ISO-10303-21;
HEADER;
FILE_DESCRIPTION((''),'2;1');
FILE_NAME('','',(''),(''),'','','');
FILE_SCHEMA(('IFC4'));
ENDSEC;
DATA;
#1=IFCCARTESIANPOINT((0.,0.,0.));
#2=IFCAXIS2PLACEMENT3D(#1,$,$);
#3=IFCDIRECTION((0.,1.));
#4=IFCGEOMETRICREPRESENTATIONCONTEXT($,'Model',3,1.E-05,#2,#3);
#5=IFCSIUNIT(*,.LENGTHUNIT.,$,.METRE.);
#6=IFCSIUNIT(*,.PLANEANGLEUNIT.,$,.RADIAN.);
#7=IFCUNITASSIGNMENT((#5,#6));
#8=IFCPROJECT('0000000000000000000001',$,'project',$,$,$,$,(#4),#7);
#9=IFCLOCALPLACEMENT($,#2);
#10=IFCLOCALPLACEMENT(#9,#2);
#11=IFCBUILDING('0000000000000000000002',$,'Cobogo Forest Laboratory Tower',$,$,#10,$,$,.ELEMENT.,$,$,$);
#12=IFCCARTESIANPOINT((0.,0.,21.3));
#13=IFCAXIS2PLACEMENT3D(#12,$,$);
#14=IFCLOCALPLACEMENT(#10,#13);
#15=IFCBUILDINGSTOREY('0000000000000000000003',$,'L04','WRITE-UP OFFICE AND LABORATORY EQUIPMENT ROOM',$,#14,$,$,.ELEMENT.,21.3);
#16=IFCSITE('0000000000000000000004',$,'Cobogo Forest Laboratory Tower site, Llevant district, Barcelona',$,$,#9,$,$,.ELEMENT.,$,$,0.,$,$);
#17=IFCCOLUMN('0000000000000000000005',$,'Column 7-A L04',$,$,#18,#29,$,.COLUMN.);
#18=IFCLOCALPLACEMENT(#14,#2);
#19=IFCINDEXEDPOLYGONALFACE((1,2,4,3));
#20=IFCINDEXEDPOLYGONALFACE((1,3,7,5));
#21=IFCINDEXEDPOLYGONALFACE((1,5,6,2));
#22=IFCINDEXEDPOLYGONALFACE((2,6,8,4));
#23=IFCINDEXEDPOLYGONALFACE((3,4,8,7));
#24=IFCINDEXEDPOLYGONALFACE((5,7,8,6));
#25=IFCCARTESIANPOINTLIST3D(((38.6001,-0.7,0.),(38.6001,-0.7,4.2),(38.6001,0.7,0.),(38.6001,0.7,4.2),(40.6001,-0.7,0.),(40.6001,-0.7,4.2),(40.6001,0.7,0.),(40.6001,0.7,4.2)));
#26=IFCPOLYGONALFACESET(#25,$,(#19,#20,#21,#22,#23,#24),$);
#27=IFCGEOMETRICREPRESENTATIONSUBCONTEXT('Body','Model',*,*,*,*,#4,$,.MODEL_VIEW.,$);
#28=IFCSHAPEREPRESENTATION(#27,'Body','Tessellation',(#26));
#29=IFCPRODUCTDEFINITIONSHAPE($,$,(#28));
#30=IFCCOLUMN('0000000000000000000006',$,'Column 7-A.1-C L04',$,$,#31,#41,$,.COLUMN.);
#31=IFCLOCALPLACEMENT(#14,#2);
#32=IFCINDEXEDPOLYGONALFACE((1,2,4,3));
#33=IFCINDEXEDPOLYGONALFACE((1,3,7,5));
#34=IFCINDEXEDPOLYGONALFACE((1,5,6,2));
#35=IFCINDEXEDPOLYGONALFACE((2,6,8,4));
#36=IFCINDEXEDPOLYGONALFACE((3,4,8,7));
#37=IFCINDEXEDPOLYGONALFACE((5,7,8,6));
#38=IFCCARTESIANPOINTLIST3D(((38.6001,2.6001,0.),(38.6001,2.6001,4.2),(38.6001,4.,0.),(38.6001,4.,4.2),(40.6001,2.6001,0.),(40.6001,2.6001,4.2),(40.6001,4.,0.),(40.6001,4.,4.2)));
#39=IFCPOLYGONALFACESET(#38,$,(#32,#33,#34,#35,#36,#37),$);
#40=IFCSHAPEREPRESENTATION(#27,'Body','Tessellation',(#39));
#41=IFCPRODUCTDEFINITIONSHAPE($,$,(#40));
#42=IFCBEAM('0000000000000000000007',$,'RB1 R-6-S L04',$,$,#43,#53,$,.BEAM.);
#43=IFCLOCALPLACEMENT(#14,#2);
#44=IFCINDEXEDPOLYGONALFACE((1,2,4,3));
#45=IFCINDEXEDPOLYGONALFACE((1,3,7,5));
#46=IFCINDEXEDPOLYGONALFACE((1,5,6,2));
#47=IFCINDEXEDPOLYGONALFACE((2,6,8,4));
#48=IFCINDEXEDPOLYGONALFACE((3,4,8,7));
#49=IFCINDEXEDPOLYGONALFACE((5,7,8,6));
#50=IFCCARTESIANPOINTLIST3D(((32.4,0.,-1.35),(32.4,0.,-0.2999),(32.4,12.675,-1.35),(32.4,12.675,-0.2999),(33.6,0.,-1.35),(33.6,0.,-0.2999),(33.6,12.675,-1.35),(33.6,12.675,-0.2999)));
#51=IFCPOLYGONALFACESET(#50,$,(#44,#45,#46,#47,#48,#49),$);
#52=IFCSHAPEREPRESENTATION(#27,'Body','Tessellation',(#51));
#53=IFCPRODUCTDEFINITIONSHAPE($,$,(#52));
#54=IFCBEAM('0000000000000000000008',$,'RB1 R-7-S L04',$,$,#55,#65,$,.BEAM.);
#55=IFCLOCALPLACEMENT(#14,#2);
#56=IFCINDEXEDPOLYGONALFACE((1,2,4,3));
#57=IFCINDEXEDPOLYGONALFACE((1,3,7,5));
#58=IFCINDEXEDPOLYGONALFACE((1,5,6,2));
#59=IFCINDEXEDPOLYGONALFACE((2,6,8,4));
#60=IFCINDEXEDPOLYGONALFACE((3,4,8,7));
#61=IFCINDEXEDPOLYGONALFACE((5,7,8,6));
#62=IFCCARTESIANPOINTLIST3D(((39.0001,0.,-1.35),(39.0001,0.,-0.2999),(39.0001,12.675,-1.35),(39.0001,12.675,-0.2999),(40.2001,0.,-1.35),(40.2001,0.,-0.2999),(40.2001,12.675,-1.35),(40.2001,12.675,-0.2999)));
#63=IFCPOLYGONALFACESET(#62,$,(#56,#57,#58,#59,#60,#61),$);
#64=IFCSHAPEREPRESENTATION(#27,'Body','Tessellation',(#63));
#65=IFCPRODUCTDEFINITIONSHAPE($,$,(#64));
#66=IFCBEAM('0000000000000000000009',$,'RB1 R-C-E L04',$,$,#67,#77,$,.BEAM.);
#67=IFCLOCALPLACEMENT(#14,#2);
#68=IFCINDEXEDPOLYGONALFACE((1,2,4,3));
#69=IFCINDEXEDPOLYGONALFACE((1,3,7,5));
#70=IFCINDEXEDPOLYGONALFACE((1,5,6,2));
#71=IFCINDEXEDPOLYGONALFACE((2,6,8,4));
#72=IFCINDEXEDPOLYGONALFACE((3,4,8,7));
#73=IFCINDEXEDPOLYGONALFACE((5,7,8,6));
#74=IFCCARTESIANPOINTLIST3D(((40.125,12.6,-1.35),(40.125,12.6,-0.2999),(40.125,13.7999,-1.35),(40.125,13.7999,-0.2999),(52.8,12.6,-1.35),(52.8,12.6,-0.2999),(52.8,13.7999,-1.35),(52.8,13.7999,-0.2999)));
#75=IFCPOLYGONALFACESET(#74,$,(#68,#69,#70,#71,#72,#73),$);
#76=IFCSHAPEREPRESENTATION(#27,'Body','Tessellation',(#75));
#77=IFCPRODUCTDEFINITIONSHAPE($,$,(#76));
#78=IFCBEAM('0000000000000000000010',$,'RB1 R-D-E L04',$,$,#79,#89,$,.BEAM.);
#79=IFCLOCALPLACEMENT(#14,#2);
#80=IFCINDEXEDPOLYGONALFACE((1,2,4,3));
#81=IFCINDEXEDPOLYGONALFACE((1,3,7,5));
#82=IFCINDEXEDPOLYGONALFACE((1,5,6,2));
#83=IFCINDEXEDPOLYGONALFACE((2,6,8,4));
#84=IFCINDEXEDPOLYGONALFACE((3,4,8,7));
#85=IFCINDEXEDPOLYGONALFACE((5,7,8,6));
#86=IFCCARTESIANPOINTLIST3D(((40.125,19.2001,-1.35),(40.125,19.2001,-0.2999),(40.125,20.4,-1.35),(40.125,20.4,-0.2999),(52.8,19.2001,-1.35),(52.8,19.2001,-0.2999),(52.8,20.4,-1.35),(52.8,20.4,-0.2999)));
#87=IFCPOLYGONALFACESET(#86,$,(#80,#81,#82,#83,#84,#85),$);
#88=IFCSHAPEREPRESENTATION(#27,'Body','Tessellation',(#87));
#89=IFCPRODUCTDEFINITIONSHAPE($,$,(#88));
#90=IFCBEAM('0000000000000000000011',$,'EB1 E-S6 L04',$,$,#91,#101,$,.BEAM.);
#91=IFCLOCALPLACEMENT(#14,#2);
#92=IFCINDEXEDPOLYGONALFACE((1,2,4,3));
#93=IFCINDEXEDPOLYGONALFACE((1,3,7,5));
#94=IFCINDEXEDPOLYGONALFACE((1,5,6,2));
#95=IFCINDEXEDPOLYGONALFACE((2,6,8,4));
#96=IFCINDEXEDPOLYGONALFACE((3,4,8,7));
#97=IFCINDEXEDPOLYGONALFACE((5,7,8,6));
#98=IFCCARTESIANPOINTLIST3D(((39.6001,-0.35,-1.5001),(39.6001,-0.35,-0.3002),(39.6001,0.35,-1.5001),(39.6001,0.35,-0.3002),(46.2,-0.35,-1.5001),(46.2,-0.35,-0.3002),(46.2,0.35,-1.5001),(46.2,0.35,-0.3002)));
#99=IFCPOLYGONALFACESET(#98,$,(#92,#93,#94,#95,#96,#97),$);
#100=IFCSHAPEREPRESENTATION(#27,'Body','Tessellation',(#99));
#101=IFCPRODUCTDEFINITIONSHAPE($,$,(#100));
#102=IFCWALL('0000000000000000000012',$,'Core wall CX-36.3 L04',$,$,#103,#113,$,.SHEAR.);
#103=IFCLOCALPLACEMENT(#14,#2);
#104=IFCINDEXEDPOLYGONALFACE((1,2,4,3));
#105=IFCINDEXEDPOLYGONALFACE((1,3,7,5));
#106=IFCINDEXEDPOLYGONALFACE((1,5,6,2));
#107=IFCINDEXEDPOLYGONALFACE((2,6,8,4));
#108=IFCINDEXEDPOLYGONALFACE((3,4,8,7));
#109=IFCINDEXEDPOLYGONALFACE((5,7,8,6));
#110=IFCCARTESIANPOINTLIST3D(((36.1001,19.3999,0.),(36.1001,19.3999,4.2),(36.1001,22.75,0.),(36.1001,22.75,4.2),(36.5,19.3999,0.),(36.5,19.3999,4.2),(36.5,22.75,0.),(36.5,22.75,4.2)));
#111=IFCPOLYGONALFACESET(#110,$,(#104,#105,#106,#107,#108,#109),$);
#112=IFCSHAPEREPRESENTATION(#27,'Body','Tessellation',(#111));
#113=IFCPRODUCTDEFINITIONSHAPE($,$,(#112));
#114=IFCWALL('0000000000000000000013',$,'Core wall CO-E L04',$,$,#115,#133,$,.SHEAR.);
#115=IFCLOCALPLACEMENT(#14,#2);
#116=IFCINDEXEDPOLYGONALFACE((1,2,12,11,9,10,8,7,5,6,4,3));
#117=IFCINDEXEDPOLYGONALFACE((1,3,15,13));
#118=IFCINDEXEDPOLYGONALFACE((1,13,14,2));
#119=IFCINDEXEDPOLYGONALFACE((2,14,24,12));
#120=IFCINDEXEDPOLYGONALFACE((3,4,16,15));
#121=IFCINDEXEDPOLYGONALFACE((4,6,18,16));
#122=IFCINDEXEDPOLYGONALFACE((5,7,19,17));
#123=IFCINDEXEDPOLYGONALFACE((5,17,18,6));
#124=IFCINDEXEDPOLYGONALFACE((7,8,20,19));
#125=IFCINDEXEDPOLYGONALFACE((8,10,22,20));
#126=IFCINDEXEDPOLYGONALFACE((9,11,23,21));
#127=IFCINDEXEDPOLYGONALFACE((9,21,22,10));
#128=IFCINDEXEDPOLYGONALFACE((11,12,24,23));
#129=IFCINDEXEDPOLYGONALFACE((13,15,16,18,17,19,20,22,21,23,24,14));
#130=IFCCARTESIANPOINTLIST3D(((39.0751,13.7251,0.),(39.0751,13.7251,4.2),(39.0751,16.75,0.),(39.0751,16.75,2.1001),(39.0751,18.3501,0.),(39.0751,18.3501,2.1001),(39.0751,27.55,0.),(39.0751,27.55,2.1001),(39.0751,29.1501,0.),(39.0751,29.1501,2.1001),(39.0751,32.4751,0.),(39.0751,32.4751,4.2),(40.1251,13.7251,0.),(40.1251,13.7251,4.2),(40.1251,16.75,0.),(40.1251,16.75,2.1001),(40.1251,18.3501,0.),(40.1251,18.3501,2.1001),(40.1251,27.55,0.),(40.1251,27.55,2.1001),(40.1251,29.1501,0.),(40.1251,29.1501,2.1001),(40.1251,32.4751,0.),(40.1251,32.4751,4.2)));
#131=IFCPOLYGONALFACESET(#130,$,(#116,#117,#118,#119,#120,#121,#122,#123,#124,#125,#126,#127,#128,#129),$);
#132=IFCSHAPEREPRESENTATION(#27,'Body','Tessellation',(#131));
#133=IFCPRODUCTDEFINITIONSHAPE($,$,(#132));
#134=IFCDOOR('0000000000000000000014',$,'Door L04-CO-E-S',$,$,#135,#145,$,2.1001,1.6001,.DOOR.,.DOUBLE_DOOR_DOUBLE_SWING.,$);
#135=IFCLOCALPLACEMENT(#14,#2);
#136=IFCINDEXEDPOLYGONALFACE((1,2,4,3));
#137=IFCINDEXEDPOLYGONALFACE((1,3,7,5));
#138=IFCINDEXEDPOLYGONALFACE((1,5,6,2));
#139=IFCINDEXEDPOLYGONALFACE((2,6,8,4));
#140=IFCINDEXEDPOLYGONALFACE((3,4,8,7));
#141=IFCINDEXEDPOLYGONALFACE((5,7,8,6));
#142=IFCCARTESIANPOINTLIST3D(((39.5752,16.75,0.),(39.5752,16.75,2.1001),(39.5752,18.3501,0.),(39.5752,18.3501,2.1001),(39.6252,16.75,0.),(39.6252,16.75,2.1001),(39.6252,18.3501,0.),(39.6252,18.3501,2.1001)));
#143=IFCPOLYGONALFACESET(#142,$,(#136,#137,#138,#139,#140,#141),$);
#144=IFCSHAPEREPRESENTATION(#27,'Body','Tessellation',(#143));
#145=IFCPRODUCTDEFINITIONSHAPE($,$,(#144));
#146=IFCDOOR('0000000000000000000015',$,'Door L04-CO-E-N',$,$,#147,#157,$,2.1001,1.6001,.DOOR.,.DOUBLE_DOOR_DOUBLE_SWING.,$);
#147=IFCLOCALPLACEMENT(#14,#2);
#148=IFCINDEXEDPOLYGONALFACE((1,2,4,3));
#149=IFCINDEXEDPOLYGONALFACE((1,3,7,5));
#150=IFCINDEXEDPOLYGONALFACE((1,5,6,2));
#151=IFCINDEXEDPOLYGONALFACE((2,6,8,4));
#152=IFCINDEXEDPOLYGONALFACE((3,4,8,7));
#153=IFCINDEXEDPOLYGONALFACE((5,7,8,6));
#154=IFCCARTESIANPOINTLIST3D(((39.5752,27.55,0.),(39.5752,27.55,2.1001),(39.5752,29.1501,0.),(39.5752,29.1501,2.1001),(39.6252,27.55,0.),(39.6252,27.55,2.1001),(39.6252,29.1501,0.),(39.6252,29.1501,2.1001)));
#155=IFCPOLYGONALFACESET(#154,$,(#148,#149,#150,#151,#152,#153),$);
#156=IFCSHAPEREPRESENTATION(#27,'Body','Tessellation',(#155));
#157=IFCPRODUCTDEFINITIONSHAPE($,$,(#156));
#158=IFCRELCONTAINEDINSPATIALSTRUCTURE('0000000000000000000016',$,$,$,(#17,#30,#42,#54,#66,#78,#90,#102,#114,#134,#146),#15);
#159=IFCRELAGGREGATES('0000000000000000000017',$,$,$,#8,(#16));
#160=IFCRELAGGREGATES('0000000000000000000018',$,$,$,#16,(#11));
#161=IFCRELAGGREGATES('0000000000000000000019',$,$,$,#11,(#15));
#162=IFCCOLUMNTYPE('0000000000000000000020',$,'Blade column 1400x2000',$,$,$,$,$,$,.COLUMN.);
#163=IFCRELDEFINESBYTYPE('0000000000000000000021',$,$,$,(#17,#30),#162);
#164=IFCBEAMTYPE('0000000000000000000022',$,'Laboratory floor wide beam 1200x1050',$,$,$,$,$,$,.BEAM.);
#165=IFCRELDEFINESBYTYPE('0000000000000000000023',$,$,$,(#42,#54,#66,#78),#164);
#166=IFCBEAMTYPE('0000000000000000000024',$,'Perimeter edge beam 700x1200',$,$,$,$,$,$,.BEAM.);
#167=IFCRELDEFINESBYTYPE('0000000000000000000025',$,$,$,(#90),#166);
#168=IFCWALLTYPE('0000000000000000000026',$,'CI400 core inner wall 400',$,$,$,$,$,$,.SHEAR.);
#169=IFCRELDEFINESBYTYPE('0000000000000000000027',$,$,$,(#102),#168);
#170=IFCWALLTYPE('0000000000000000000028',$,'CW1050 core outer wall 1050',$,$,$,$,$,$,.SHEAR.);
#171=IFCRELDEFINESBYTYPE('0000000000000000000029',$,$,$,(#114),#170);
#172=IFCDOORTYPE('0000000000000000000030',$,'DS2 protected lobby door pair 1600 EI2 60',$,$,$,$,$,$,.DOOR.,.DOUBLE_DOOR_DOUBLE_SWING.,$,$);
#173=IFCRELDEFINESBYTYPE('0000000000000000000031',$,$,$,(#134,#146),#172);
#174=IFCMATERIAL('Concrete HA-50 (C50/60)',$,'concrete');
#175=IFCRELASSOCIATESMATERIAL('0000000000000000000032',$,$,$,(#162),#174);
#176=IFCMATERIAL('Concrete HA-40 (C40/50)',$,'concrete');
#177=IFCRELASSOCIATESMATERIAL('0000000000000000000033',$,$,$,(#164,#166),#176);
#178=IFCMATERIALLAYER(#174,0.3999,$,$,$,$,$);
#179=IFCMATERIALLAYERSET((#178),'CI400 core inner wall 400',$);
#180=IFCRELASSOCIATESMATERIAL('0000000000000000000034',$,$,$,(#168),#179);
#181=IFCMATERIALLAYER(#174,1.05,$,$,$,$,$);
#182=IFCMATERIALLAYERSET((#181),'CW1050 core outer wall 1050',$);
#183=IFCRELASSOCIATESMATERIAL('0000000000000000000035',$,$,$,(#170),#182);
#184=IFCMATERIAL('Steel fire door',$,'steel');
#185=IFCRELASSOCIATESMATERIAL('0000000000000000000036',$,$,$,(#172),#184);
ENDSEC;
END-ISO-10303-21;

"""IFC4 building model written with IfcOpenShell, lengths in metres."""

from ifc_helpers import new_model, si_unit, direction, frame, frame_2d, origin, origin_2d, place, context, subcontext, project, spatial, rectangle, extrude, material, layer, layer_set, material_profile, profile_set, type_object, element, fill, save


model = new_model("IFC4")

# Units and contexts
model_context = context("Model", 3, precision=1e-05, world=origin(), true_north=direction((0.0, 1.0)))
body_context = subcontext(model_context, "Body", "Model", "MODEL_VIEW")
ifc_project = project(units=[si_unit("LENGTHUNIT", "METRE"), si_unit("PLANEANGLEUNIT", "RADIAN")], contexts=[model_context])

# Site, building, storey
site_placement = place(None, origin())
site = spatial("IfcSite", under=ifc_project, at=site_placement, Name="Cobogo Forest Laboratory Tower site, Llevant district, Barcelona", CompositionType="ELEMENT", RefElevation=0.0)
building_placement = place(site_placement, origin())
building = spatial("IfcBuilding", under=site, at=building_placement, Name="Cobogo Forest Laboratory Tower", CompositionType="ELEMENT")
storey_placement = place(building_placement, frame((0.0, 0.0, 21.3)))
storey = spatial("IfcBuildingStorey", under=building, at=storey_placement, Name="L04", Description="WRITE-UP OFFICE AND LABORATORY EQUIPMENT ROOM", CompositionType="ELEMENT", Elevation=21.3)

# Columns
ifc_material_1 = material(Name="Concrete HA-50 (C50/60)", Category="concrete")
ifc_material_profile_1 = material_profile(ifc_material_1, rectangle(XDim=2.0, YDim=1.3999, at=origin_2d()), Name="RC 1400x2000")
ifc_profile_set_1 = profile_set([ifc_material_profile_1], Name="Concrete HA-50 (C50/60)")
column_type = type_object("IfcColumnType", Name="Blade column 1400x2000", PredefinedType="COLUMN", material=ifc_profile_set_1)
for number, where, z_axis, x_axis, name in (
    (1, (39.6001, 0.0, 0.0), (0.0, 0.0, 1.0), (1.0, 0.0, 0.0), "Column 7-A L04"),
    (2, (39.6001, 3.3, 0.0), (0.0, 0.0, 1.0), (1.0, 0.0, 0.0), "Column 7-A.1-C L04"),
):
    element("IfcColumn", number, at=place(storey_placement, frame(where, z_axis=z_axis, x_axis=x_axis)), inside=storey, type_object=column_type, Name=name, PredefinedType="COLUMN", context=body_context, shape_type="SweptSolid", body=[
        extrude(rectangle(XDim=2.0, YDim=1.3999, at=origin_2d()), origin(), (0.0, 0.0, 1.0), 4.2),
    ])

# Beams
ifc_material_2 = material(Name="Concrete HA-40 (C40/50)", Category="concrete")
ifc_material_profile_2 = material_profile(ifc_material_2, rectangle(XDim=1.2, YDim=1.05, at=origin_2d()), Name="RC 1200x1050")
ifc_profile_set_2 = profile_set([ifc_material_profile_2], Name="Concrete HA-40 (C40/50)")
beam_type_1 = type_object("IfcBeamType", Name="Laboratory floor wide beam 1200x1050", PredefinedType="BEAM", material=ifc_profile_set_2)
for number, where, z_axis, x_axis, name in (
    (3, (33.0, 12.675, -0.825), (0.0, -1.0, 0.0), (1.0, 0.0, 0.0), "RB1 R-6-S L04"),
    (4, (39.6001, 12.675, -0.825), (0.0, -1.0, 0.0), (1.0, 0.0, 0.0), "RB1 R-7-S L04"),
    (5, (40.125, 13.2, -0.825), (1.0, 0.0, 0.0), (0.0, 1.0, 0.0), "RB1 R-C-E L04"),
    (6, (40.125, 19.8, -0.825), (1.0, 0.0, 0.0), (0.0, 1.0, 0.0), "RB1 R-D-E L04"),
):
    element("IfcBeam", number, at=place(storey_placement, frame(where, z_axis=z_axis, x_axis=x_axis)), inside=storey, type_object=beam_type_1, Name=name, PredefinedType="BEAM", context=body_context, shape_type="SweptSolid", body=[
        extrude(rectangle(XDim=1.2, YDim=1.05, at=origin_2d()), origin(), (0.0, 0.0, 1.0), 12.675),
    ])
ifc_material_profile_3 = material_profile(ifc_material_2, rectangle(XDim=0.7, YDim=1.2, at=origin_2d()), Name="RC 700x1200")
ifc_profile_set_3 = profile_set([ifc_material_profile_3], Name="Concrete HA-40 (C40/50)")
beam_type_2 = type_object("IfcBeamType", Name="Perimeter edge beam 700x1200", PredefinedType="BEAM", material=ifc_profile_set_3)
beam_placement = place(storey_placement, frame((39.6001, 0.0, -0.9001), z_axis=(1.0, 0.0, 0.0), x_axis=(0.0, 1.0, 0.0)))
element("IfcBeam", 7, at=beam_placement, inside=storey, type_object=beam_type_2, Name="EB1 E-S6 L04", PredefinedType="BEAM", context=body_context, shape_type="SweptSolid", body=[
    extrude(rectangle(XDim=0.7, YDim=1.2, at=origin_2d()), origin(), (0.0, 0.0, 1.0), 6.5999),
])

# Wall
ifc_layer_1 = layer(ifc_material_1, 0.3999)
ifc_layer_set_1 = layer_set([ifc_layer_1], Name="CI400 core inner wall 400")
wall_type_1 = type_object("IfcWallType", Name="CI400 core inner wall 400", PredefinedType="SHEAR", material=ifc_layer_set_1)
wall_1_placement = place(storey_placement, frame((36.3, 19.3999, 0.0), z_axis=(0.0, 0.0, 1.0), x_axis=(0.0, 1.0, 0.0)))
element("IfcWall", 8, at=wall_1_placement, inside=storey, type_object=wall_type_1, Name="Core wall CX-36.3 L04", PredefinedType="SHEAR", context=body_context, shape_type="SweptSolid", body=[
    extrude(rectangle(XDim=3.3501, YDim=0.3999, at=frame_2d((1.675, 0.0))), origin(), (0.0, 0.0, 1.0), 4.2),
])

# Wall, openings, doors
ifc_layer_2 = layer(ifc_material_1, 1.05)
ifc_layer_set_2 = layer_set([ifc_layer_2], Name="CW1050 core outer wall 1050")
wall_type_2 = type_object("IfcWallType", Name="CW1050 core outer wall 1050", PredefinedType="SHEAR", material=ifc_layer_set_2)
wall_2_placement = place(storey_placement, frame((39.6001, 13.7251, 0.0), z_axis=(0.0, 0.0, 1.0), x_axis=(0.0, 1.0, 0.0)))
wall_2 = element("IfcWall", 9, at=wall_2_placement, inside=storey, type_object=wall_type_2, Name="Core wall CO-E L04", PredefinedType="SHEAR", context=body_context, shape_type="SweptSolid", body=[
    extrude(rectangle(XDim=18.75, YDim=1.05, at=frame_2d((9.375, 0.0))), origin(), (0.0, 0.0, 1.0), 4.2),
])
opening_1_placement = place(wall_2_placement, frame((3.0249, 0.0, 0.0)))
opening_1 = element("IfcOpeningElement", 10, at=opening_1_placement, cuts=wall_2, PredefinedType="OPENING", context=body_context, shape_type="SweptSolid", body=[
    extrude(rectangle(XDim=1.6001, YDim=2.1001, at=frame_2d((0.8, 1.05))), frame((0.0, 0.5349, 0.0), z_axis=(0.0, -1.0, 0.0), x_axis=(1.0, 0.0, 0.0)), (0.0, 0.0, 1.0), 1.0701),
])
opening_2_placement = place(wall_2_placement, frame((13.825, 0.0, 0.0)))
opening_2 = element("IfcOpeningElement", 11, at=opening_2_placement, cuts=wall_2, PredefinedType="OPENING", context=body_context, shape_type="SweptSolid", body=[
    extrude(rectangle(XDim=1.6001, YDim=2.1001, at=frame_2d((0.8, 1.05))), frame((0.0, 0.5349, 0.0), z_axis=(0.0, -1.0, 0.0), x_axis=(1.0, 0.0, 0.0)), (0.0, 0.0, 1.0), 1.0701),
])
ifc_material_3 = material(Name="Steel fire door", Category="steel")
door_type_1 = type_object("IfcDoorType", Name="DS2 protected lobby door pair 1600 EI2 60", OperationType="DOUBLE_DOOR_DOUBLE_SWING", PredefinedType="DOOR", material=ifc_material_3)
door_1_placement = place(opening_1_placement, origin())
door_1 = element("IfcDoor", 12, at=door_1_placement, inside=storey, type_object=door_type_1, Name="Door L04-CO-E-S", OperationType="DOUBLE_DOOR_DOUBLE_SWING", OverallHeight=2.1001, OverallWidth=1.6001, PredefinedType="DOOR", context=body_context, shape_type="SweptSolid", body=[
    extrude(rectangle(XDim=1.6001, YDim=2.1001, at=frame_2d((0.8, 1.05))), frame((0.0, 0.0249, 0.0), z_axis=(0.0, -1.0, 0.0), x_axis=(1.0, 0.0, 0.0)), (0.0, 0.0, 1.0), 0.05),
])
fill(opening_1, door_1)
door_2_placement = place(opening_2_placement, origin())
door_2 = element("IfcDoor", 13, at=door_2_placement, inside=storey, type_object=door_type_1, Name="Door L04-CO-E-N", OperationType="DOUBLE_DOOR_DOUBLE_SWING", OverallHeight=2.1001, OverallWidth=1.6001, PredefinedType="DOOR", context=body_context, shape_type="SweptSolid", body=[
    extrude(rectangle(XDim=1.6001, YDim=2.1001, at=frame_2d((0.8, 1.05))), frame((0.0, 0.0249, 0.0), z_axis=(0.0, -1.0, 0.0), x_axis=(1.0, 0.0, 0.0)), (0.0, 0.0, 1.0), 0.05),
])
fill(opening_2, door_2)

save(model, "model.ifc")
